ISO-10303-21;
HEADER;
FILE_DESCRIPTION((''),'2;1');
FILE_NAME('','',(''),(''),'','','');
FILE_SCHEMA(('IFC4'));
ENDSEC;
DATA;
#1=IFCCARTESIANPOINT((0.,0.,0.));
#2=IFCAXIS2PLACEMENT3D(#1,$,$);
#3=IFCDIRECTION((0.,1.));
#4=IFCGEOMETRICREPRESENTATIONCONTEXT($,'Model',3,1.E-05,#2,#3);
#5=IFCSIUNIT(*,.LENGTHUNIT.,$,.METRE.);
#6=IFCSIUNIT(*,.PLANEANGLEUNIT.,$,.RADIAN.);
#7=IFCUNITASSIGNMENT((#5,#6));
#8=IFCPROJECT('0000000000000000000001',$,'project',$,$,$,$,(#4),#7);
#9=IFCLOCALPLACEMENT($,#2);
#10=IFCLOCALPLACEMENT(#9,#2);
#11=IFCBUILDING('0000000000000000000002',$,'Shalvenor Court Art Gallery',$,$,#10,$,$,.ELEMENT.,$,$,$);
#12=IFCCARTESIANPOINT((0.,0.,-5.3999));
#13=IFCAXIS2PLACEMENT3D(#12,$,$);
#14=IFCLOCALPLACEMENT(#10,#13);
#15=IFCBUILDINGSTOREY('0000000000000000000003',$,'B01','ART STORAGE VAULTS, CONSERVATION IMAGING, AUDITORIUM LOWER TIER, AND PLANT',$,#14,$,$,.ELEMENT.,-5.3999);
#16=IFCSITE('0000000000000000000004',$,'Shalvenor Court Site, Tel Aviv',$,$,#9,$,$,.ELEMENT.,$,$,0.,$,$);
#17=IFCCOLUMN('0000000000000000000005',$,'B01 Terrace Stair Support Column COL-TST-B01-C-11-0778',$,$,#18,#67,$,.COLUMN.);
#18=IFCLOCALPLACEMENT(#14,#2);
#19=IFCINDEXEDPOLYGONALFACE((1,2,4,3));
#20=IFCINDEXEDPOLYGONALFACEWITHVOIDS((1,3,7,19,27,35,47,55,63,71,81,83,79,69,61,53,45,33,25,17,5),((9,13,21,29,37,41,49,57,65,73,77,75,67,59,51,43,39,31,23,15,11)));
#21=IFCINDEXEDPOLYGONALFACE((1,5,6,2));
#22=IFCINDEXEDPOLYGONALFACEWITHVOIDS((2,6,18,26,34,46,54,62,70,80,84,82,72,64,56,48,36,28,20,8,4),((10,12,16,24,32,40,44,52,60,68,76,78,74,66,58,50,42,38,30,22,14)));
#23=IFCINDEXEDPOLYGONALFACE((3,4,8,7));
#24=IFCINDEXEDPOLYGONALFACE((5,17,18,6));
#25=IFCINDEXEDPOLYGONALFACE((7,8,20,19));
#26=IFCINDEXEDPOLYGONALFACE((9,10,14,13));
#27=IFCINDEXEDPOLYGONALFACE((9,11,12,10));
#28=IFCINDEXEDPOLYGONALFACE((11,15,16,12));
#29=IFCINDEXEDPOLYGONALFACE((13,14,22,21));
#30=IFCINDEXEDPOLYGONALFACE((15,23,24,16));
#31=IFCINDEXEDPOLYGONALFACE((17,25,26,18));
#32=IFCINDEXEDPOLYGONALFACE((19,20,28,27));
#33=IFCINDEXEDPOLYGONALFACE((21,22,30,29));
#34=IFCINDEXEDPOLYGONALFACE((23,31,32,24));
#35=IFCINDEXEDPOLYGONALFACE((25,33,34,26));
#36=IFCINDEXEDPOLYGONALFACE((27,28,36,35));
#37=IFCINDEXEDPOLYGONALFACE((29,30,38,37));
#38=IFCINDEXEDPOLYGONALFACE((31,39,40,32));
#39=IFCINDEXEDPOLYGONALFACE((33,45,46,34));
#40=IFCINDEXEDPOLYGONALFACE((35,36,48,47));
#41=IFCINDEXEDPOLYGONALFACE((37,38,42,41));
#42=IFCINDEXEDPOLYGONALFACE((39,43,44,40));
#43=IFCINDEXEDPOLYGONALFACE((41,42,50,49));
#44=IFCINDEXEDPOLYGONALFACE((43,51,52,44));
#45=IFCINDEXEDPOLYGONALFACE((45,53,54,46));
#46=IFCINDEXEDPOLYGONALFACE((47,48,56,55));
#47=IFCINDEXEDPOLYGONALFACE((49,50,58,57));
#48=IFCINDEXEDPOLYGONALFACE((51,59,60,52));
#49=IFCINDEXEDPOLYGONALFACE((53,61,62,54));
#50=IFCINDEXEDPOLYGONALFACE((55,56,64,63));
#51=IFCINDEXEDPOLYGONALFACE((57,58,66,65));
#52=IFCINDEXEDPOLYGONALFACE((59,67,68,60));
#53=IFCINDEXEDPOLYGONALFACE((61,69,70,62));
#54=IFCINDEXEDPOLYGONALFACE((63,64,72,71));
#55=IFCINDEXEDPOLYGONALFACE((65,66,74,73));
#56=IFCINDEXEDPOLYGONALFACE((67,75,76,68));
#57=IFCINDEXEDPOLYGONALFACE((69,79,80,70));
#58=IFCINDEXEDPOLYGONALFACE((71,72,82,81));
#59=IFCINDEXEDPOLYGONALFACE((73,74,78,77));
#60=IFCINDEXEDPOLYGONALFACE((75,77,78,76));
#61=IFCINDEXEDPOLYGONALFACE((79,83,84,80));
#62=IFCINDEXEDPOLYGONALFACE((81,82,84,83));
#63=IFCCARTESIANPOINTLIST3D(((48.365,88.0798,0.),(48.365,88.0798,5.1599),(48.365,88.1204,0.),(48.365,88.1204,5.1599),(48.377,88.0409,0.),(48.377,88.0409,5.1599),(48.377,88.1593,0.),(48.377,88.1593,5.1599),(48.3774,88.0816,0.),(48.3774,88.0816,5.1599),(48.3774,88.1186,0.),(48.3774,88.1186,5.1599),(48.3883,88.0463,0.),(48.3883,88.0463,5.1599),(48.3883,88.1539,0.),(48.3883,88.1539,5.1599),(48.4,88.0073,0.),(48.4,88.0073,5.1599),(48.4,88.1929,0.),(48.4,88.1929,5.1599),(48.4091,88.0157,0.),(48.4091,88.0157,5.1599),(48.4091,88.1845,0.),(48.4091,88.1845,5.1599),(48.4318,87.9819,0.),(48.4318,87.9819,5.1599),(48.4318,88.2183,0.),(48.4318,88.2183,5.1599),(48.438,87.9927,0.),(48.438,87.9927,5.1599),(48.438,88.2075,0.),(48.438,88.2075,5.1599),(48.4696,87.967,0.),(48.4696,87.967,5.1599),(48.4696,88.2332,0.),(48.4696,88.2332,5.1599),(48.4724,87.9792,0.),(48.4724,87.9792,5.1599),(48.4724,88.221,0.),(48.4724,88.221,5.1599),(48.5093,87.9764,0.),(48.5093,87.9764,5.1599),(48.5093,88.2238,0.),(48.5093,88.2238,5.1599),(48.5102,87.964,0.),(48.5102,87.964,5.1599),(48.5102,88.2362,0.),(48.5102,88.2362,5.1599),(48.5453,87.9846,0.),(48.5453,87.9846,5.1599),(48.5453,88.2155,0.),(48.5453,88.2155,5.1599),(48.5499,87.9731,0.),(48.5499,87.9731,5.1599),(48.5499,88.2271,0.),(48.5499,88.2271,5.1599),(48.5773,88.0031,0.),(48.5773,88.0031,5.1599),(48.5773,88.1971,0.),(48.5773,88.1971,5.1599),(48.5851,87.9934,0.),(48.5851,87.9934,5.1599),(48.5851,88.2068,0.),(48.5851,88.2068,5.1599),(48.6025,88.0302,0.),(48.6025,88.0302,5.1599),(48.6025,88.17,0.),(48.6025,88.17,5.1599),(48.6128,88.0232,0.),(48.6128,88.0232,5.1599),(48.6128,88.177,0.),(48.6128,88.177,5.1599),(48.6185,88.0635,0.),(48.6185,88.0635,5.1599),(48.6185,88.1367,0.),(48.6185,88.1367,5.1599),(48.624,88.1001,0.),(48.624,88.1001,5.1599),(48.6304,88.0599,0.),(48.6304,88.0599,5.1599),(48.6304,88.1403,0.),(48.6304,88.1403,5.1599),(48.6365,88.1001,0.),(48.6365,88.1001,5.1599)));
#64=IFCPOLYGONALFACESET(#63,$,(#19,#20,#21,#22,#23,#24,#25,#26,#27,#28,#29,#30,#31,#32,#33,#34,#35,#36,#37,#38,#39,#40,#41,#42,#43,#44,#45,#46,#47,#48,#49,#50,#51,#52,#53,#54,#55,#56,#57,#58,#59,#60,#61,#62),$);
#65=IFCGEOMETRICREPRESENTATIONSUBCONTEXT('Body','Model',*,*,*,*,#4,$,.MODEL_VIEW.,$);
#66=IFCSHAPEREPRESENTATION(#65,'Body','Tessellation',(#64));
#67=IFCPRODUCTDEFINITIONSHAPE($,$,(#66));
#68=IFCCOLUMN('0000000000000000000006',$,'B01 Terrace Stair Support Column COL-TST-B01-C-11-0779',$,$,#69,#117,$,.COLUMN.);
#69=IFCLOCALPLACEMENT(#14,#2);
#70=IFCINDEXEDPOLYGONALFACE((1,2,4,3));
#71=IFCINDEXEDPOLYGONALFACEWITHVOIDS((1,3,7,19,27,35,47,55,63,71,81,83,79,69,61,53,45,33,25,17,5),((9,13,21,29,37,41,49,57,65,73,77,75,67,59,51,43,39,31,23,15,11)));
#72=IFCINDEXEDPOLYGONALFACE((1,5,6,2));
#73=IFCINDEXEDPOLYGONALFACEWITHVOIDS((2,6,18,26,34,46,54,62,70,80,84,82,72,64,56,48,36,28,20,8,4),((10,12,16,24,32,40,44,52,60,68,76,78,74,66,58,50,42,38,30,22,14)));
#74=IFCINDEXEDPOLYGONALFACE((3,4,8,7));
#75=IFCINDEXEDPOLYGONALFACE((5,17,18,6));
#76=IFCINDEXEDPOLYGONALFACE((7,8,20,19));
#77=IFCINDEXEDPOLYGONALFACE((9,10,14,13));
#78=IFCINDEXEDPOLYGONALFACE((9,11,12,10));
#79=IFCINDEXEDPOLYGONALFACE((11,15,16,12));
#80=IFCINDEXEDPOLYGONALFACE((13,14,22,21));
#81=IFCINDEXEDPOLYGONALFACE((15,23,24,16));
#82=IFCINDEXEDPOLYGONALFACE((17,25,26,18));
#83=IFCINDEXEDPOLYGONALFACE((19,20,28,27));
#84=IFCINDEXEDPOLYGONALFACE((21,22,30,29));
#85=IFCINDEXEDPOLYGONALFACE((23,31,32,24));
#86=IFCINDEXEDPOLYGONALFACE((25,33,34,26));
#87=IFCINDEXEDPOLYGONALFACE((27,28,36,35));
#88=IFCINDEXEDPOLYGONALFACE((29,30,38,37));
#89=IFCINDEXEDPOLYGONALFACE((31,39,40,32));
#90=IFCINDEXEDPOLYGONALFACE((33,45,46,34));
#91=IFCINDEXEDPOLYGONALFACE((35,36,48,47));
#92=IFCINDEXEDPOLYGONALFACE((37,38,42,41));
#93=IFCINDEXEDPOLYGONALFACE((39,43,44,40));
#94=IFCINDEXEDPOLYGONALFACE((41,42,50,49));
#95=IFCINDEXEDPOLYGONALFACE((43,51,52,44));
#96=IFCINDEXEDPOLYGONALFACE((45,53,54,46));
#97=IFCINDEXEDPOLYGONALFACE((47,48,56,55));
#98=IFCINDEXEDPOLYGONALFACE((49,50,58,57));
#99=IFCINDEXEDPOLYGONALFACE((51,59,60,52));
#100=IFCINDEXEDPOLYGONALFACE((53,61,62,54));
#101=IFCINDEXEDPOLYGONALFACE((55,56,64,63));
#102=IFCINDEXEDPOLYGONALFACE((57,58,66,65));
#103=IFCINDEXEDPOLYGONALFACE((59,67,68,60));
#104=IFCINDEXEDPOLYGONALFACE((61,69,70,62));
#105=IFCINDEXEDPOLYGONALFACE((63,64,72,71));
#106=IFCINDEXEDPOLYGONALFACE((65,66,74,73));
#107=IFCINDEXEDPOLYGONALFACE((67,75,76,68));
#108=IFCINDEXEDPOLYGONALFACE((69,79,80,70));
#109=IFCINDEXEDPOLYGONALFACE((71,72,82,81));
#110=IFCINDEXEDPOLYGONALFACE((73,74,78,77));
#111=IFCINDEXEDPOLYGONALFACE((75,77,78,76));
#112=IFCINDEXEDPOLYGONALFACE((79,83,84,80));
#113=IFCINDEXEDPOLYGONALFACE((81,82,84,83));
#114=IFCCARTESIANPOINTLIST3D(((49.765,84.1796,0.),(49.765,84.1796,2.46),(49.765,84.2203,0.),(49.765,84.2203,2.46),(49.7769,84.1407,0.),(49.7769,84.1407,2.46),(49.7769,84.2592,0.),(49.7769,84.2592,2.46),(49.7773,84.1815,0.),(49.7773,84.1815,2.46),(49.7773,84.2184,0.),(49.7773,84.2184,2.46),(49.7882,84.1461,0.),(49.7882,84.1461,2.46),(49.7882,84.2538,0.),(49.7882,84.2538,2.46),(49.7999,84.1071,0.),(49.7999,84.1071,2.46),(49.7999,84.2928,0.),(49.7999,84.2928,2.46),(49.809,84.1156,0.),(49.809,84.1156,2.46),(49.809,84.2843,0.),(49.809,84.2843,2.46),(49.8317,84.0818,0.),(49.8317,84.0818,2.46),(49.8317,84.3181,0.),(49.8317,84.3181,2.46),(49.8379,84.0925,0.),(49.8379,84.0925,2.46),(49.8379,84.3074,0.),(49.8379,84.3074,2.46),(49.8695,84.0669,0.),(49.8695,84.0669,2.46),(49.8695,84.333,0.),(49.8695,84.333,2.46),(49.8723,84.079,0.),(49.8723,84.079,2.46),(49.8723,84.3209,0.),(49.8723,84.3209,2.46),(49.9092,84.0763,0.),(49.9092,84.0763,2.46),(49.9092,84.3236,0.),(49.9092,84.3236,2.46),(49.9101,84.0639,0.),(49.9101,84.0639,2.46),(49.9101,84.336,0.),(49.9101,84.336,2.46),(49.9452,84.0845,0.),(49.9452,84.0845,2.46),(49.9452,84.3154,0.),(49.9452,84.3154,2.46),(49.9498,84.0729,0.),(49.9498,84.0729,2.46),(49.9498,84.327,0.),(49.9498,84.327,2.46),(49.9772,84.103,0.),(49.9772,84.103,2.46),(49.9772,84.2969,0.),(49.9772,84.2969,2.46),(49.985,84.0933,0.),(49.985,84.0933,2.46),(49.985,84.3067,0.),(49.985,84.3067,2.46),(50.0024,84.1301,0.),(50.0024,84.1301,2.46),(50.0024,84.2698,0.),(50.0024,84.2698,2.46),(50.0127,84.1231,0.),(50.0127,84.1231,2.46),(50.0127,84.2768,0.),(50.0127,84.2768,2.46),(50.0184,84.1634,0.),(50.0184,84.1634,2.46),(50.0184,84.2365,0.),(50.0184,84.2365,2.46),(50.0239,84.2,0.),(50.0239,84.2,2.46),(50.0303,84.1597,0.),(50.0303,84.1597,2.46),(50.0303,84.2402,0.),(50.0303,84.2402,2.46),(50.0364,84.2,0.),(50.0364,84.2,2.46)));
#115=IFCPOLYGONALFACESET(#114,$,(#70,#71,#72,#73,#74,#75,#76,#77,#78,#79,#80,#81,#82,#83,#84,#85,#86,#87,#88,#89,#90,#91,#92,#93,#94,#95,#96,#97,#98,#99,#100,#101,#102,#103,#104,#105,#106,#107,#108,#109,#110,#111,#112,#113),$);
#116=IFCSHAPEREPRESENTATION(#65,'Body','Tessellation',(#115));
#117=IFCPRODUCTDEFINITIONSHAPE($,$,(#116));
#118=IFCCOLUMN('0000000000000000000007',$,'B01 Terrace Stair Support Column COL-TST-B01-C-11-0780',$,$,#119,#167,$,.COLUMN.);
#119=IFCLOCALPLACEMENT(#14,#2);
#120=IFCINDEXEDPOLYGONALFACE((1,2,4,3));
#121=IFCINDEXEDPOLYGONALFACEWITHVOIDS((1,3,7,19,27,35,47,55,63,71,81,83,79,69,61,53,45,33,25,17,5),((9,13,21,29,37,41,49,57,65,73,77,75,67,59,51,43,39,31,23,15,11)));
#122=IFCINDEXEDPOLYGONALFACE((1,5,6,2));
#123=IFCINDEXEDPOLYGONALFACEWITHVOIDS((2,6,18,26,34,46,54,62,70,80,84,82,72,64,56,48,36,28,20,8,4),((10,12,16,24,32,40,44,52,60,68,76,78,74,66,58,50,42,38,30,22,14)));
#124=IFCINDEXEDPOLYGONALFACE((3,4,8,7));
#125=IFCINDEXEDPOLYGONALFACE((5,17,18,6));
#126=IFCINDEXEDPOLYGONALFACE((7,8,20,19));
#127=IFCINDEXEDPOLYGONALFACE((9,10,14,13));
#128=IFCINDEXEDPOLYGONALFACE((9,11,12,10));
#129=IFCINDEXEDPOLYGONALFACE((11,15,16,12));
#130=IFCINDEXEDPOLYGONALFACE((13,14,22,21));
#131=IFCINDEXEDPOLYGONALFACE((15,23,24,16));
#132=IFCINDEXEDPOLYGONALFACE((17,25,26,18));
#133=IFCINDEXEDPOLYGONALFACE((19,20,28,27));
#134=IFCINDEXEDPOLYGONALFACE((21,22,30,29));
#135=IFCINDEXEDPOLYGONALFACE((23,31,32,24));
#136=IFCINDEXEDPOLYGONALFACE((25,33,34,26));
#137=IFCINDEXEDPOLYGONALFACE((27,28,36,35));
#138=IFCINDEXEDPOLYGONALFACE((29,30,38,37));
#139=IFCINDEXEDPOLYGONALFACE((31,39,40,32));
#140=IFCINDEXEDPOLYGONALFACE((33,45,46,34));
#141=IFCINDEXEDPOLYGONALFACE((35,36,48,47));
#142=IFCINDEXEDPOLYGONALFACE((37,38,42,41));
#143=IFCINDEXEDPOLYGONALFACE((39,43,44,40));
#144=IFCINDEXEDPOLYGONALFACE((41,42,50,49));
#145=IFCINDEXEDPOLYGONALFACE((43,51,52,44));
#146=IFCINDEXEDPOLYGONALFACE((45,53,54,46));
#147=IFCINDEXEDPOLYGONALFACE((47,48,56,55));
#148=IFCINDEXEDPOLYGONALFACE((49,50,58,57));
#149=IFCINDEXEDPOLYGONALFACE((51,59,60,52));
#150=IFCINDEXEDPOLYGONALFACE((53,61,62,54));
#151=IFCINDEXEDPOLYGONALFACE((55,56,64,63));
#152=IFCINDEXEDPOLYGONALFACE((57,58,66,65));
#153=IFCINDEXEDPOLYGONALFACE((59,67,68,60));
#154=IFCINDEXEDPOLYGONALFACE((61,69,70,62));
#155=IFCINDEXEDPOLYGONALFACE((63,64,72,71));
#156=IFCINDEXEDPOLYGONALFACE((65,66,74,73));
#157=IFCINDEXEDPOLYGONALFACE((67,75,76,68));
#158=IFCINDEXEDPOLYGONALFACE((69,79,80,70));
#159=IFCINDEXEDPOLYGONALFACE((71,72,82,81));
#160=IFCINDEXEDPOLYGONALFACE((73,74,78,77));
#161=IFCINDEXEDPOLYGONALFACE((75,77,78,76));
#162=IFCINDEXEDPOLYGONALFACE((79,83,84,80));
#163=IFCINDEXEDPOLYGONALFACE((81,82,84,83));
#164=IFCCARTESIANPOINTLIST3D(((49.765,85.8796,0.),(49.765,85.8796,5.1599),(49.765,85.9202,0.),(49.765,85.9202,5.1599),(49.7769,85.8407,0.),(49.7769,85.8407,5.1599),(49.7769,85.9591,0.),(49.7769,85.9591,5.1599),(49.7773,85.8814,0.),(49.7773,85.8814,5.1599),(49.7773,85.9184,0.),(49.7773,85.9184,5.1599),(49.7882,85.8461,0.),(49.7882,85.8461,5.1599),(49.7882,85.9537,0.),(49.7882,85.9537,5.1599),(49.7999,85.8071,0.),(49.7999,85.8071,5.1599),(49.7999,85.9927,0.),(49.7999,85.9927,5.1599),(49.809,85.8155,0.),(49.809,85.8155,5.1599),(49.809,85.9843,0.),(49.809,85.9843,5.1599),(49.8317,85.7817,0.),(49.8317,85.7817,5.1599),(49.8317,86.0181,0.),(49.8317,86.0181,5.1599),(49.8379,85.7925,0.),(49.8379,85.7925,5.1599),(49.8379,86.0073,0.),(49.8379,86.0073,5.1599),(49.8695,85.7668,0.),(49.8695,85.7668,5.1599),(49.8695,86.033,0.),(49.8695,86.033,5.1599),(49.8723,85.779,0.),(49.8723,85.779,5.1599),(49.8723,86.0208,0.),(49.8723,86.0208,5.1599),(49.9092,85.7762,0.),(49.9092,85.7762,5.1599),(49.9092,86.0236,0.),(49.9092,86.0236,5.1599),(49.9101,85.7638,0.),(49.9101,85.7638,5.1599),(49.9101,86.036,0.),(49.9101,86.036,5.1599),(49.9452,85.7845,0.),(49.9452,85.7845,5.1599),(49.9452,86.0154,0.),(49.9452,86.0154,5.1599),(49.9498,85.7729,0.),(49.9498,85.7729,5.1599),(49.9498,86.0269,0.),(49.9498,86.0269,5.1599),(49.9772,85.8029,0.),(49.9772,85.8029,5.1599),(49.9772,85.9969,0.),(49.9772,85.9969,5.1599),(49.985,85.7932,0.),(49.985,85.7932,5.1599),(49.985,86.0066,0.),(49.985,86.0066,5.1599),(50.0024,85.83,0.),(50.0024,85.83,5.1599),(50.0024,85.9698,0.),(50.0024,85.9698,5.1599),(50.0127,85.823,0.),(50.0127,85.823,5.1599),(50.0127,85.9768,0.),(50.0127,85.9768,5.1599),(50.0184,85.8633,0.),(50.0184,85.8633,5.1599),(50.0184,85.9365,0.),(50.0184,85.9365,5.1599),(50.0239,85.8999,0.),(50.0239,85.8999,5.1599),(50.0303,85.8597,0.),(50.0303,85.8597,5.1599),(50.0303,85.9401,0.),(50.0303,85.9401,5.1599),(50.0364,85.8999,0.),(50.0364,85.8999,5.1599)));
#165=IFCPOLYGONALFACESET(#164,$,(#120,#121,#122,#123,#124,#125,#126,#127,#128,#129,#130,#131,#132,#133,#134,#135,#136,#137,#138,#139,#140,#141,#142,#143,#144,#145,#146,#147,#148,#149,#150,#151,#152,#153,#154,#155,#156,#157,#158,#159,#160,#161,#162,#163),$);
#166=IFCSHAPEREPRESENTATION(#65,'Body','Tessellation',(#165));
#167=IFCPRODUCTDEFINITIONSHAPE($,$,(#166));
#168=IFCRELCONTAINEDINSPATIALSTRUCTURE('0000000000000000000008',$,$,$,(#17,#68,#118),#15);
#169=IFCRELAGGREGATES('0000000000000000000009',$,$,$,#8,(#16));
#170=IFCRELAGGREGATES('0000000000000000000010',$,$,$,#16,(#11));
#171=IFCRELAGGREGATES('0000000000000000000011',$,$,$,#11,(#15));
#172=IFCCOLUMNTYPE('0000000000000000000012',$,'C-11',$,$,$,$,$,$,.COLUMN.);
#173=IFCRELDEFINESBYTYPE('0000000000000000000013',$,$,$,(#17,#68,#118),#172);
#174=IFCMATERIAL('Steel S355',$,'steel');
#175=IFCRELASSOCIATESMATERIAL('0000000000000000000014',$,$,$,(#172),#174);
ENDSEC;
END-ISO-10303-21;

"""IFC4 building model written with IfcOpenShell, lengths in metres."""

from ifc_helpers import new_model, si_unit, direction, frame, origin, origin_2d, place, context, subcontext, project, spatial, hollow_circle, extrude, material, material_profile, profile_set, type_object, element, save


model = new_model("IFC4")

# Units and contexts
model_context = context("Model", 3, precision=1e-05, world=origin(), true_north=direction((0.0, 1.0)))
body_context = subcontext(model_context, "Body", "Model", "MODEL_VIEW")
ifc_project = project(units=[si_unit("LENGTHUNIT", "METRE"), si_unit("PLANEANGLEUNIT", "RADIAN")], contexts=[model_context])

# Site, building, storey
site_placement = place(None, origin())
site = spatial("IfcSite", under=ifc_project, at=site_placement, Name="Shalvenor Court Site, Tel Aviv", CompositionType="ELEMENT", RefElevation=0.0)
building_placement = place(site_placement, origin())
building = spatial("IfcBuilding", under=site, at=building_placement, Name="Shalvenor Court Art Gallery", CompositionType="ELEMENT")
storey_placement = place(building_placement, frame((0.0, 0.0, -5.3999)))
storey = spatial("IfcBuildingStorey", under=building, at=storey_placement, Name="B01", Description="ART STORAGE VAULTS, CONSERVATION IMAGING, AUDITORIUM LOWER TIER, AND PLANT", CompositionType="ELEMENT", Elevation=-5.3999)

# Columns
ifc_material_1 = material(Name="Steel S355", Category="steel")
ifc_material_profile_1 = material_profile(ifc_material_1, hollow_circle(Radius=0.1365, WallThickness=0.0125, at=origin_2d()), Name="CHS 273.0x12.5")
ifc_profile_set_1 = profile_set([ifc_material_profile_1], Name="Steel S355")
column_type_1 = type_object("IfcColumnType", Name="C-11", PredefinedType="COLUMN", material=ifc_profile_set_1)
column_1_placement = place(storey_placement, frame((48.5, 88.1001, 0.0), z_axis=(0.0, 0.0, 1.0), x_axis=(1.0, 0.0, 0.0)))
element("IfcColumn", 1, at=column_1_placement, inside=storey, type_object=column_type_1, Name="B01 Terrace Stair Support Column COL-TST-B01-C-11-0778", PredefinedType="COLUMN", context=body_context, shape_type="SweptSolid", body=[
    extrude(hollow_circle(Radius=0.1365, WallThickness=0.0125, at=origin_2d()), origin(), (0.0, 0.0, 1.0), 5.1599),
])
column_2_placement = place(storey_placement, frame((49.8999, 84.2, 0.0), z_axis=(0.0, 0.0, 1.0), x_axis=(1.0, 0.0, 0.0)))
element("IfcColumn", 2, at=column_2_placement, inside=storey, type_object=column_type_1, Name="B01 Terrace Stair Support Column COL-TST-B01-C-11-0779", PredefinedType="COLUMN", context=body_context, shape_type="SweptSolid", body=[
    extrude(hollow_circle(Radius=0.1365, WallThickness=0.0125, at=origin_2d()), origin(), (0.0, 0.0, 1.0), 2.46),
])
column_3_placement = place(storey_placement, frame((49.8999, 85.8999, 0.0), z_axis=(0.0, 0.0, 1.0), x_axis=(1.0, 0.0, 0.0)))
element("IfcColumn", 3, at=column_3_placement, inside=storey, type_object=column_type_1, Name="B01 Terrace Stair Support Column COL-TST-B01-C-11-0780", PredefinedType="COLUMN", context=body_context, shape_type="SweptSolid", body=[
    extrude(hollow_circle(Radius=0.1365, WallThickness=0.0125, at=origin_2d()), origin(), (0.0, 0.0, 1.0), 5.1599),
])

save(model, "model.ifc")
